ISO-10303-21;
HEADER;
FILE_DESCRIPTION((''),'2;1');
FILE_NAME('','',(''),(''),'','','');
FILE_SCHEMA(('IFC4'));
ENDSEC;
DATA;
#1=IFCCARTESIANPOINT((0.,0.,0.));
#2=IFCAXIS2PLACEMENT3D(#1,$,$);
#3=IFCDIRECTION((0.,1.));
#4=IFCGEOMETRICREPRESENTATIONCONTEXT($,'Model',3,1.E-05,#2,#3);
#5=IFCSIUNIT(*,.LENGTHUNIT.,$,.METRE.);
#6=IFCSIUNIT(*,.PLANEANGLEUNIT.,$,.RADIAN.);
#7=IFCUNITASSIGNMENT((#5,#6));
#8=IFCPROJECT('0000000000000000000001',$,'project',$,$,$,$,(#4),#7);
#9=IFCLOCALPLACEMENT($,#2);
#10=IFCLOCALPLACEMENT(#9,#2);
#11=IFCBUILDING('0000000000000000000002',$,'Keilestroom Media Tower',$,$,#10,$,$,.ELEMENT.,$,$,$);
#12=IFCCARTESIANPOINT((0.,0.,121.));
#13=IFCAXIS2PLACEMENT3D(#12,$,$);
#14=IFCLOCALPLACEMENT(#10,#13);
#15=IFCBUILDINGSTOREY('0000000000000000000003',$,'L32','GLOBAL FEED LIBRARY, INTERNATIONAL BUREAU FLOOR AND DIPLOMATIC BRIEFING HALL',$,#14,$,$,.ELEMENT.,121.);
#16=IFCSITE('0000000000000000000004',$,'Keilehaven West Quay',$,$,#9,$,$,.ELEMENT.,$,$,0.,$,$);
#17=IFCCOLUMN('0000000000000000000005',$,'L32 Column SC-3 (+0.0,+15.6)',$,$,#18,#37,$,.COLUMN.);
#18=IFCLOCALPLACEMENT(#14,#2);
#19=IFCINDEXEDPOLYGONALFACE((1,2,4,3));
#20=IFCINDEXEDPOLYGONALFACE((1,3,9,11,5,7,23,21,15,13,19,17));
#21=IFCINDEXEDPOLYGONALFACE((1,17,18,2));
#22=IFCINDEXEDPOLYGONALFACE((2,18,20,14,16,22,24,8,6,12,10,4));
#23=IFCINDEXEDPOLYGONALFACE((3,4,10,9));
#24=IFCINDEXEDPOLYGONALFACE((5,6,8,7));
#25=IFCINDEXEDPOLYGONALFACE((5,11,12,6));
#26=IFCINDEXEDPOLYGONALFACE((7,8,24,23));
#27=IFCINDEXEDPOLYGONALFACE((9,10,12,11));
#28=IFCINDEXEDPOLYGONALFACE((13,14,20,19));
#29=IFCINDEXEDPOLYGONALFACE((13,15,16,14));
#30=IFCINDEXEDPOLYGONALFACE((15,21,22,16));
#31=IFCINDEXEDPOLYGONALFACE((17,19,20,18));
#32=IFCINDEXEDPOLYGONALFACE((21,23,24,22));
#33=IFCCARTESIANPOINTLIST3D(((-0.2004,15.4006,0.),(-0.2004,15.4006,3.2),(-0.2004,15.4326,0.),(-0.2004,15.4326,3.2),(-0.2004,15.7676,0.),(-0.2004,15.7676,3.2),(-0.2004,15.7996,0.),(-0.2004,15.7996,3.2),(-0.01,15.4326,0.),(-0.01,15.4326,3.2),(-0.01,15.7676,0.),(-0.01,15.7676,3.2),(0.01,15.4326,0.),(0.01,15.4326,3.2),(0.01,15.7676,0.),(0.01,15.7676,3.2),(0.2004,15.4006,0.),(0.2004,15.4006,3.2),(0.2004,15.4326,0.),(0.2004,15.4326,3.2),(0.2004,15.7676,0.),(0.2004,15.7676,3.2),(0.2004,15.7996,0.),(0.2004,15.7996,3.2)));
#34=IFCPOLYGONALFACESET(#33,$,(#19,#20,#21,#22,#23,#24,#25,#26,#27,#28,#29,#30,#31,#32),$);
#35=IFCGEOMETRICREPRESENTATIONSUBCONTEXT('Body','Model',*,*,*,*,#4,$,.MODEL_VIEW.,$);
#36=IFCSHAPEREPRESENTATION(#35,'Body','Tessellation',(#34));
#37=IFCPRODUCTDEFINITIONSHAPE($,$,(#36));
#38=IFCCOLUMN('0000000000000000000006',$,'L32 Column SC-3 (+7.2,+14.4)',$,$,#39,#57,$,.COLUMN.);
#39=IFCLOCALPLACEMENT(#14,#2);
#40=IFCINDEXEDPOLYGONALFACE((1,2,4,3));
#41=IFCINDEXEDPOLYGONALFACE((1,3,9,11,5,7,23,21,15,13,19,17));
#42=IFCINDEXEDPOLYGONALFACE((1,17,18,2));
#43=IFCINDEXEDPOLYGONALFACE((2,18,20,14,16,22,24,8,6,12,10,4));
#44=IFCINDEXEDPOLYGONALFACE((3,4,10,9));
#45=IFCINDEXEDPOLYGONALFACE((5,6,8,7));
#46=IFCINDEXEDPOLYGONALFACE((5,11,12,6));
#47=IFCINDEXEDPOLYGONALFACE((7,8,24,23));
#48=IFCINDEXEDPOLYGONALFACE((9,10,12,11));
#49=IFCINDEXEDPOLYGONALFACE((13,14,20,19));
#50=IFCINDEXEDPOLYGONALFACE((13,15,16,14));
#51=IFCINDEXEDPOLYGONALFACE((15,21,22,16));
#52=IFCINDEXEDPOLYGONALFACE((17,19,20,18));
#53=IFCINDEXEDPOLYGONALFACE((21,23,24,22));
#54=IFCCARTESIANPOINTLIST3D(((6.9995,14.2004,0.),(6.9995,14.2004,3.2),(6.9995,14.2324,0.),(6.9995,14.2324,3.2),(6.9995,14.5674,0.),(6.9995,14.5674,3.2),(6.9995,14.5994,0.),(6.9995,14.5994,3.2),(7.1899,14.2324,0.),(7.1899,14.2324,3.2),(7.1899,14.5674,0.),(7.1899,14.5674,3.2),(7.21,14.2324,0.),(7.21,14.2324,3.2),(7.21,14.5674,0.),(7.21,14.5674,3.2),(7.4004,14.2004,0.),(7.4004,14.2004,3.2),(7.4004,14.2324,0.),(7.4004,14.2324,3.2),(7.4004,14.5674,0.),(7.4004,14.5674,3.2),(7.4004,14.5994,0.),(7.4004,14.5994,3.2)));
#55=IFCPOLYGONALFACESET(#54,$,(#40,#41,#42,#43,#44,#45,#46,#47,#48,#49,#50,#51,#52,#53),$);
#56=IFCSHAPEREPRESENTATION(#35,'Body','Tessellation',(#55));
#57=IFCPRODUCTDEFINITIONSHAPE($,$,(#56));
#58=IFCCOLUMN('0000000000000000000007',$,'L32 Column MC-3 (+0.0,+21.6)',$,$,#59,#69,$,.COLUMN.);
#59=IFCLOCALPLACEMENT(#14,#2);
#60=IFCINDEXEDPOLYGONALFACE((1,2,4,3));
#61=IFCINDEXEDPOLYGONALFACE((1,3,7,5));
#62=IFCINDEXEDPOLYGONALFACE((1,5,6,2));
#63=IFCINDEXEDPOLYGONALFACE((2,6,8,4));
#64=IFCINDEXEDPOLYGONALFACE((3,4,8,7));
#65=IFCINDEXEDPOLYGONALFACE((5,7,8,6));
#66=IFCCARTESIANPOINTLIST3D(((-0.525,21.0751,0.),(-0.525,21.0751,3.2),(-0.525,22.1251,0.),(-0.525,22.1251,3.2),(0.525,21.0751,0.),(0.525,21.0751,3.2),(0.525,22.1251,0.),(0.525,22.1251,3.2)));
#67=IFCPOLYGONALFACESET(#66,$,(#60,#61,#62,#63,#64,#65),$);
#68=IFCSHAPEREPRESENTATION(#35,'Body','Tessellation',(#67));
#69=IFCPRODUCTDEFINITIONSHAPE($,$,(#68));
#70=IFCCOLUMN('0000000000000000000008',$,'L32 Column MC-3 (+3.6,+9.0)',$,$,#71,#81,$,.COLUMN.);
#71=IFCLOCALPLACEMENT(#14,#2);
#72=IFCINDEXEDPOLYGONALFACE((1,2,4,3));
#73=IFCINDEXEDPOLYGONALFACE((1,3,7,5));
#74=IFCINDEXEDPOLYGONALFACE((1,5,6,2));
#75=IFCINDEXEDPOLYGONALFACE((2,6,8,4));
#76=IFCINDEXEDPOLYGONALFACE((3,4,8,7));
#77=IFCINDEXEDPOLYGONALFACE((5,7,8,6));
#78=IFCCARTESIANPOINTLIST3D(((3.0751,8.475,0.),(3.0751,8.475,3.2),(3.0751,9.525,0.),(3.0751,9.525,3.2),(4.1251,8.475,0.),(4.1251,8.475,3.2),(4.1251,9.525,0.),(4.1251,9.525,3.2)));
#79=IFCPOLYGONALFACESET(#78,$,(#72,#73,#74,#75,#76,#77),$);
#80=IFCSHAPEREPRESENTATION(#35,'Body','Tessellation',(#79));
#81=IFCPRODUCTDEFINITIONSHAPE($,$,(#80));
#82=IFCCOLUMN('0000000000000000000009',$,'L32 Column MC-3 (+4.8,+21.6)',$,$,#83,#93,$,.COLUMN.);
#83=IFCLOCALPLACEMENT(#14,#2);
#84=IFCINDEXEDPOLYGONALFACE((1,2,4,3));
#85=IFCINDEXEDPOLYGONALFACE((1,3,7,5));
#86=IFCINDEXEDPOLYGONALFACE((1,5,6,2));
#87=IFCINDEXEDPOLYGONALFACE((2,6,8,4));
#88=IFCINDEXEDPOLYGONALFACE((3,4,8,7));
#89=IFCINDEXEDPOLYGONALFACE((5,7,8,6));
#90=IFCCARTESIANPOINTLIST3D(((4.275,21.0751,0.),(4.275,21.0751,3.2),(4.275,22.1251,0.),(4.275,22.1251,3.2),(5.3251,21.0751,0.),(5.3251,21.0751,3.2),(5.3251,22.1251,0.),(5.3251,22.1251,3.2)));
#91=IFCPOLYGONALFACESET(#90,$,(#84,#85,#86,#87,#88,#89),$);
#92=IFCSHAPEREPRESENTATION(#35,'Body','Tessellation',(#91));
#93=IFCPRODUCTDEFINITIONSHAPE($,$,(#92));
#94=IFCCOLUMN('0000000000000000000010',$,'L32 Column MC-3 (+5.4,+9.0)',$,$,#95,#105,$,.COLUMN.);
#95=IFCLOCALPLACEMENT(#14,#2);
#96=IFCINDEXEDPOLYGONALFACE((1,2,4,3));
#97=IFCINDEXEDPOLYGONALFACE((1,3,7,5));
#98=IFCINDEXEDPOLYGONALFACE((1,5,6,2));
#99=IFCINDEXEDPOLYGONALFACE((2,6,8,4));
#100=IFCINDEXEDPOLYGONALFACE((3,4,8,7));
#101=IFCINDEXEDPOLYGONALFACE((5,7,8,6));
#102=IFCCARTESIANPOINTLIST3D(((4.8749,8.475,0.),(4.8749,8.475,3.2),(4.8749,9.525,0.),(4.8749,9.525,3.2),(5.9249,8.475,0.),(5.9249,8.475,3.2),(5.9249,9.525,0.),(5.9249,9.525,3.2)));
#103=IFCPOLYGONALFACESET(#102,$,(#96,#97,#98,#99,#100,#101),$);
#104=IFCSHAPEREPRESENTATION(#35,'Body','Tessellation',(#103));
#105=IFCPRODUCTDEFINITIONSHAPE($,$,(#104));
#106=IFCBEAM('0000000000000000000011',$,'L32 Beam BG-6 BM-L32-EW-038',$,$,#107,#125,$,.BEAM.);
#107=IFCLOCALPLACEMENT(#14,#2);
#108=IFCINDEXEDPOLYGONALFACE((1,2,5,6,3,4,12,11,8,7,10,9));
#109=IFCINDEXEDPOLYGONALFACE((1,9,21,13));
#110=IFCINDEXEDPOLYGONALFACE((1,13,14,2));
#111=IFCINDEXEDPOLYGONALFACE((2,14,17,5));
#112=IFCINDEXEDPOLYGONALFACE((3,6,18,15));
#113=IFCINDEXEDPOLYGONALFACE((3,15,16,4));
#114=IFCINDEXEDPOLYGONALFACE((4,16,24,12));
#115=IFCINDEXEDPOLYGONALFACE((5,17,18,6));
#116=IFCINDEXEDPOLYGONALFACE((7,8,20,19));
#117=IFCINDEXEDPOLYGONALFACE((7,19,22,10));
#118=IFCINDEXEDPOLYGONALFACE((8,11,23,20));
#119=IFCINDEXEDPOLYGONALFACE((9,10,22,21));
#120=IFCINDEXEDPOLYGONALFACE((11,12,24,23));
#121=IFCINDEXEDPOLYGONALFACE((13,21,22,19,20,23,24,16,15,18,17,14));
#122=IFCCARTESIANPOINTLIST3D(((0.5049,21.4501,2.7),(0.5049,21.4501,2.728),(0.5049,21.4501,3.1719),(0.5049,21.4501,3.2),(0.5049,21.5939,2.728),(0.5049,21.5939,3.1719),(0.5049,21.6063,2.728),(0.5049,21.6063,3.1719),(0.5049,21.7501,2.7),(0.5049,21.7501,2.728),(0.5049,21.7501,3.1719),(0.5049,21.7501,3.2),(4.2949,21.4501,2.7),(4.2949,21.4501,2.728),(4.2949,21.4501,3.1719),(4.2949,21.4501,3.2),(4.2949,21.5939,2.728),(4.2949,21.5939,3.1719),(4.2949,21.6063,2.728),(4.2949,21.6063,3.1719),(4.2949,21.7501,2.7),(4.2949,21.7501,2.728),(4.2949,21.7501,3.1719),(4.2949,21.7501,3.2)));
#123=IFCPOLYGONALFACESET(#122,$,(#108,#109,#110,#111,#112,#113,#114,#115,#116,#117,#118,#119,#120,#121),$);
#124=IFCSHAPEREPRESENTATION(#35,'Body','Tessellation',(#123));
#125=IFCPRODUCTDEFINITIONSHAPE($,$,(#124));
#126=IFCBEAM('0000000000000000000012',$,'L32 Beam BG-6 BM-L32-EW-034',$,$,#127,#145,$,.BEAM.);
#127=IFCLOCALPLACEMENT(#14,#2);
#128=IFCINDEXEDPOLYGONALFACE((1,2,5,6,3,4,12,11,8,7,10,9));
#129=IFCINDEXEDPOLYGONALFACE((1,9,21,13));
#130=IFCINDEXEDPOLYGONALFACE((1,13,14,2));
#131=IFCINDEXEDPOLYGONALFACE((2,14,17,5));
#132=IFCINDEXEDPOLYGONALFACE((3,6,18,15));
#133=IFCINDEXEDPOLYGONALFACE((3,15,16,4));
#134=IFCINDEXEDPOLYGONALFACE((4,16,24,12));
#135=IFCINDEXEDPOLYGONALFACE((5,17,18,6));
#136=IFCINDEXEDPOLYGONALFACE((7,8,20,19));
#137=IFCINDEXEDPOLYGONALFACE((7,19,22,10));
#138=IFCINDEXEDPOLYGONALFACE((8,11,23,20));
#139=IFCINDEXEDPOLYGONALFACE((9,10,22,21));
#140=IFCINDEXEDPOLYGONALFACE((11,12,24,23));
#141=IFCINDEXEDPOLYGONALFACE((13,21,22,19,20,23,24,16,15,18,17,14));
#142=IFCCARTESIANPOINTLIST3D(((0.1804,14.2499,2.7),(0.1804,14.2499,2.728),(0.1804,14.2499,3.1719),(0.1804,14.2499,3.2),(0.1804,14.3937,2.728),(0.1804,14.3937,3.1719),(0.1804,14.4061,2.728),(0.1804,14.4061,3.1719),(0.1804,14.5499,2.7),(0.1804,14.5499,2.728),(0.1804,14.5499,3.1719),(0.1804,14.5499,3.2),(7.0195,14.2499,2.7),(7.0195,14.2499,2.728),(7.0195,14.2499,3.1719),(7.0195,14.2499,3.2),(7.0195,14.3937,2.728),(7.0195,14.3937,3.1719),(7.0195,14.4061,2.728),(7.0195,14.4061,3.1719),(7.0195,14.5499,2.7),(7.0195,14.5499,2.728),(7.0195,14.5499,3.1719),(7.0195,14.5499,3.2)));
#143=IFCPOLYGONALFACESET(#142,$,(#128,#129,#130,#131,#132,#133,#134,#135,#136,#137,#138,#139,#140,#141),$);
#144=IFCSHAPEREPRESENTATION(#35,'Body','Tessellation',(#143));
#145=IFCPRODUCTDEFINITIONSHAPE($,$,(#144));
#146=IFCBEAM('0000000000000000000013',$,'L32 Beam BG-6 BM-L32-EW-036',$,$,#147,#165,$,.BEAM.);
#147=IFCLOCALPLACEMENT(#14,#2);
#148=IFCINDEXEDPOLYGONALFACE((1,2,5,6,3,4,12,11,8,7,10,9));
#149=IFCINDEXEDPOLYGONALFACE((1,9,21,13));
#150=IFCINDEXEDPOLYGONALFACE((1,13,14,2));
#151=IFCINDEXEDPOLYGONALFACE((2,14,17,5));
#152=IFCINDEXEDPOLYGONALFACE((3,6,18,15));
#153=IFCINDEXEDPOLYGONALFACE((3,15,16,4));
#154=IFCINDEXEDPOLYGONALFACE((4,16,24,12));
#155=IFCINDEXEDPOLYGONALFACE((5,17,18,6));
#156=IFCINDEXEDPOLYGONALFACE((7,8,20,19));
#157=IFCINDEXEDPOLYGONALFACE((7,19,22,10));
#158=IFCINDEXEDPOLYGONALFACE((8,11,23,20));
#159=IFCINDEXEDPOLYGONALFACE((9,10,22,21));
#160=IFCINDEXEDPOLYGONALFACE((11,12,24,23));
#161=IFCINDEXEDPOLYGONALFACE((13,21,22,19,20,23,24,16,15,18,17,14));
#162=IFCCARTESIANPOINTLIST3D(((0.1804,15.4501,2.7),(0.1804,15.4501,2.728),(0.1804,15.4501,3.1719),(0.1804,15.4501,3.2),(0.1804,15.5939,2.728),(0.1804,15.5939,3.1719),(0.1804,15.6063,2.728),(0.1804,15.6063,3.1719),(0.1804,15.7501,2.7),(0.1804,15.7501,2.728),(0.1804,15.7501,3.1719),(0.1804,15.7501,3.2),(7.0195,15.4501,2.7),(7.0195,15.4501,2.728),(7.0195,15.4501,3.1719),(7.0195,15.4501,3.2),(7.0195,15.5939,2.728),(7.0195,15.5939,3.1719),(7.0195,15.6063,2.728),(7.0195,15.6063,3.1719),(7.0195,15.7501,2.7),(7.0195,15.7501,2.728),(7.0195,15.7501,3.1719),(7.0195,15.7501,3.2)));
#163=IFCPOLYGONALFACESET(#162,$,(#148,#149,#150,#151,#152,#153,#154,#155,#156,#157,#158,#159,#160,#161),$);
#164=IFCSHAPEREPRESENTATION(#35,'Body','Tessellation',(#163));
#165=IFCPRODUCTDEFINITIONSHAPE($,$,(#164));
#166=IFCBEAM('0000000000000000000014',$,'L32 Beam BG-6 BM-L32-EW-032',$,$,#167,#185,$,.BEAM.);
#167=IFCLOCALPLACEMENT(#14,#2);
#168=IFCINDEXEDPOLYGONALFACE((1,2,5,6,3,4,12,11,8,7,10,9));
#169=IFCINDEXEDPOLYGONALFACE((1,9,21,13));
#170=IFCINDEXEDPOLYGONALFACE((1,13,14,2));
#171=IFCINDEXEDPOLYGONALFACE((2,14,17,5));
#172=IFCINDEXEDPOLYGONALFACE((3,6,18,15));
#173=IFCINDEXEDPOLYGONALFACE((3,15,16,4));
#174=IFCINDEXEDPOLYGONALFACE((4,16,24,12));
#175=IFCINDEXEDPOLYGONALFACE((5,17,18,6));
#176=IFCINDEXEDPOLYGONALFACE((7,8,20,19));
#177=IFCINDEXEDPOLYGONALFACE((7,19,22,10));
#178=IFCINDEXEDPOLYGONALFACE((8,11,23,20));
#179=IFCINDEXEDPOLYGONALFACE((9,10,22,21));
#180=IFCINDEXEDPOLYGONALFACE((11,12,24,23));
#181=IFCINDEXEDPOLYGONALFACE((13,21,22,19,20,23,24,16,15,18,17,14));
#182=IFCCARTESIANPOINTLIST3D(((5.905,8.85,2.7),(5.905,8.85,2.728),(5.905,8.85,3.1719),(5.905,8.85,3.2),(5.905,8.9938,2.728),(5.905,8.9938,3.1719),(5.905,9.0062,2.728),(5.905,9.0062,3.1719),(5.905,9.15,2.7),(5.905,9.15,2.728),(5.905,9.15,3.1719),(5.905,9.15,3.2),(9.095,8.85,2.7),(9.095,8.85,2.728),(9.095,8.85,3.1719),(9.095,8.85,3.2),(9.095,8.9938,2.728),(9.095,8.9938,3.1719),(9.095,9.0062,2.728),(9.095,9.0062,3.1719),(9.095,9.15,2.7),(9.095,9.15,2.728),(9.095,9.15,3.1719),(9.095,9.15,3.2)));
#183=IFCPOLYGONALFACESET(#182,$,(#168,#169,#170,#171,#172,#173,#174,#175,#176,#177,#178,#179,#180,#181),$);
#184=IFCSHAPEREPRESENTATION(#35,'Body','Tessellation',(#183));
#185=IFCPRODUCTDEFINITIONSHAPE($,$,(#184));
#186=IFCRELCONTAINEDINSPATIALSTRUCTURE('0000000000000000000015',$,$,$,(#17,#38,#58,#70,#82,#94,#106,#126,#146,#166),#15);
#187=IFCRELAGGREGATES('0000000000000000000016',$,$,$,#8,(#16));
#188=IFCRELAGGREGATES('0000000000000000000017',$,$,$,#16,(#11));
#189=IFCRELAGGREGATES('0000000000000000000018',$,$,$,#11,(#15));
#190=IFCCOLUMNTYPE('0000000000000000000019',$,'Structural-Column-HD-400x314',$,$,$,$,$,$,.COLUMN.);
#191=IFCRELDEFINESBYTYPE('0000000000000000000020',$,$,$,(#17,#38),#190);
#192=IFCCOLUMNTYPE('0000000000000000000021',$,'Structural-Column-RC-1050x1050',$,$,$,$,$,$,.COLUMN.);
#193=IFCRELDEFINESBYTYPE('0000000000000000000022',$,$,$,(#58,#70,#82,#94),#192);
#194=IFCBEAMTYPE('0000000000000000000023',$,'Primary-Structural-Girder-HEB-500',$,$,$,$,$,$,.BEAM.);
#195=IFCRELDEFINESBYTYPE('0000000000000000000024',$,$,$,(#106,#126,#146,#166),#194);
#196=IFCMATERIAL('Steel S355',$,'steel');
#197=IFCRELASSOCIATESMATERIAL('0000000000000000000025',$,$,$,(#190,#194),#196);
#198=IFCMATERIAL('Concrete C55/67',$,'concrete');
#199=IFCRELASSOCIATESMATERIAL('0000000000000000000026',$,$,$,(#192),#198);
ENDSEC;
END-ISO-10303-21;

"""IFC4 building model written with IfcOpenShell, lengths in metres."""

from ifc_helpers import new_model, si_unit, direction, frame, origin, origin_2d, place, context, subcontext, project, spatial, rectangle, i_section, extrude, source, transform, mapped, material, material_profile, profile_set, type_object, element, save


model = new_model("IFC4")

# Units and contexts
model_context = context("Model", 3, precision=1e-05, world=origin(), true_north=direction((0.0, 1.0)))
body_context = subcontext(model_context, "Body", "Model", "MODEL_VIEW")
ifc_project = project(units=[si_unit("LENGTHUNIT", "METRE"), si_unit("PLANEANGLEUNIT", "RADIAN")], contexts=[model_context])

# Site, building, storey
site_placement = place(None, origin())
site = spatial("IfcSite", under=ifc_project, at=site_placement, Name="Keilehaven West Quay", CompositionType="ELEMENT", RefElevation=0.0)
building_placement = place(site_placement, origin())
building = spatial("IfcBuilding", under=site, at=building_placement, Name="Keilestroom Media Tower", CompositionType="ELEMENT")
storey_placement = place(building_placement, frame((0.0, 0.0, 121.0)))
storey = spatial("IfcBuildingStorey", under=building, at=storey_placement, Name="L32", Description="GLOBAL FEED LIBRARY, INTERNATIONAL BUREAU FLOOR AND DIPLOMATIC BRIEFING HALL", CompositionType="ELEMENT", Elevation=121.0)

# Columns
ifc_material_1 = material(Name="Steel S355", Category="steel")
ifc_material_profile_1 = material_profile(ifc_material_1, i_section(OverallWidth=0.4009, OverallDepth=0.3989, WebThickness=0.02, FlangeThickness=0.032, at=origin_2d()), Name="HD 400x314")
ifc_profile_set_1 = profile_set([ifc_material_profile_1], Name="Steel S355")
column_type_1 = type_object("IfcColumnType", Name="Structural-Column-HD-400x314", PredefinedType="COLUMN", material=ifc_profile_set_1)
shared_shape_1 = source(origin(), body_context, "Body", "SweptSolid", [
    extrude(i_section(OverallWidth=0.4009, OverallDepth=0.3989, WebThickness=0.02, FlangeThickness=0.032, at=origin_2d()), origin(), (0.0, 0.0, 1.0), 3.2),
])
for number, where, z_axis, x_axis, name in (
    (1, (0.0, 15.6001, 0.0), (0.0, 0.0, 1.0), (1.0, 0.0, 0.0), "L32 Column SC-3 (+0.0,+15.6)"),
    (2, (7.2, 14.3999, 0.0), (0.0, 0.0, 1.0), (1.0, 0.0, 0.0), "L32 Column SC-3 (+7.2,+14.4)"),
):
    element("IfcColumn", number, at=place(storey_placement, frame(where, z_axis=z_axis, x_axis=x_axis)), inside=storey, type_object=column_type_1, Name=name, PredefinedType="COLUMN", context=body_context, shape_type="MappedRepresentation", body=[
        mapped(shared_shape_1, transform((0.0, 0.0, 0.0), x_axis=(1.0, 0.0, 0.0), y_axis=(0.0, 1.0, 0.0), z_axis=(0.0, 0.0, 1.0), scale=1.0)),
    ])
ifc_material_2 = material(Name="Concrete C55/67", Category="concrete")
ifc_material_profile_2 = material_profile(ifc_material_2, rectangle(XDim=1.05, YDim=1.05, at=origin_2d()), Name="RC 1050x1050")
ifc_profile_set_2 = profile_set([ifc_material_profile_2], Name="Concrete C55/67")
column_type_2 = type_object("IfcColumnType", Name="Structural-Column-RC-1050x1050", PredefinedType="COLUMN", material=ifc_profile_set_2)
shared_shape_2 = source(origin(), body_context, "Body", "SweptSolid", [
    extrude(rectangle(XDim=1.05, YDim=1.05, at=origin_2d()), origin(), (0.0, 0.0, 1.0), 3.2),
])
for number, where, z_axis, x_axis, name in (
    (3, (0.0, 21.6001, 0.0), (0.0, 0.0, 1.0), (1.0, 0.0, 0.0), "L32 Column MC-3 (+0.0,+21.6)"),
    (4, (3.6001, 9.0, 0.0), (0.0, 0.0, 1.0), (1.0, 0.0, 0.0), "L32 Column MC-3 (+3.6,+9.0)"),
    (5, (4.8, 21.6001, 0.0), (0.0, 0.0, 1.0), (1.0, 0.0, 0.0), "L32 Column MC-3 (+4.8,+21.6)"),
    (6, (5.3999, 9.0, 0.0), (0.0, 0.0, 1.0), (1.0, 0.0, 0.0), "L32 Column MC-3 (+5.4,+9.0)"),
):
    element("IfcColumn", number, at=place(storey_placement, frame(where, z_axis=z_axis, x_axis=x_axis)), inside=storey, type_object=column_type_2, Name=name, PredefinedType="COLUMN", context=body_context, shape_type="MappedRepresentation", body=[
        mapped(shared_shape_2, transform((0.0, 0.0, 0.0), x_axis=(1.0, 0.0, 0.0), y_axis=(0.0, 1.0, 0.0), z_axis=(0.0, 0.0, 1.0), scale=1.0)),
    ])

# Beams
ifc_material_profile_3 = material_profile(ifc_material_1, i_section(OverallWidth=0.3, OverallDepth=0.5, WebThickness=0.0125, FlangeThickness=0.0281, at=origin_2d()), Name="HEB 500")
ifc_profile_set_3 = profile_set([ifc_material_profile_3], Name="Steel S355")
beam_type_1 = type_object("IfcBeamType", Name="Primary-Structural-Girder-HEB-500", PredefinedType="BEAM", material=ifc_profile_set_3)
shared_shape_3 = source(origin(), body_context, "Body", "SweptSolid", [
    extrude(i_section(OverallWidth=0.3, OverallDepth=0.5, WebThickness=0.0125, FlangeThickness=0.0281, at=origin_2d()), origin(), (0.0, 0.0, 1.0), 3.79),
])
beam_1_placement = place(storey_placement, frame((0.5049, 21.6001, 2.95), z_axis=(1.0, 0.0, 0.0), x_axis=(0.0, 1.0, 0.0)))
element("IfcBeam", 7, at=beam_1_placement, inside=storey, type_object=beam_type_1, Name="L32 Beam BG-6 BM-L32-EW-038", PredefinedType="BEAM", context=body_context, shape_type="MappedRepresentation", body=[
    mapped(shared_shape_3, transform((0.0, 0.0, 0.0), x_axis=(1.0, 0.0, 0.0), y_axis=(0.0, 1.0, 0.0), z_axis=(0.0, 0.0, 1.0), scale=1.0)),
])
shared_shape_4 = source(origin(), body_context, "Body", "SweptSolid", [
    extrude(i_section(OverallWidth=0.3, OverallDepth=0.5, WebThickness=0.0125, FlangeThickness=0.0281, at=origin_2d()), origin(), (0.0, 0.0, 1.0), 6.8391),
])
for number, where, z_axis, x_axis, name in (
    (8, (0.1804, 14.3999, 2.95), (1.0, 0.0, 0.0), (0.0, 1.0, 0.0), "L32 Beam BG-6 BM-L32-EW-034"),
    (9, (0.1804, 15.6001, 2.95), (1.0, 0.0, 0.0), (0.0, 1.0, 0.0), "L32 Beam BG-6 BM-L32-EW-036"),
):
    element("IfcBeam", number, at=place(storey_placement, frame(where, z_axis=z_axis, x_axis=x_axis)), inside=storey, type_object=beam_type_1, Name=name, PredefinedType="BEAM", context=body_context, shape_type="MappedRepresentation", body=[
        mapped(shared_shape_4, transform((0.0, 0.0, 0.0), x_axis=(1.0, 0.0, 0.0), y_axis=(0.0, 1.0, 0.0), z_axis=(0.0, 0.0, 1.0), scale=1.0)),
    ])
shared_shape_5 = source(origin(), body_context, "Body", "SweptSolid", [
    extrude(i_section(OverallWidth=0.3, OverallDepth=0.5, WebThickness=0.0125, FlangeThickness=0.0281, at=origin_2d()), origin(), (0.0, 0.0, 1.0), 3.1899),
])
beam_2_placement = place(storey_placement, frame((5.905, 9.0, 2.95), z_axis=(1.0, 0.0, 0.0), x_axis=(0.0, 1.0, 0.0)))
element("IfcBeam", 10, at=beam_2_placement, inside=storey, type_object=beam_type_1, Name="L32 Beam BG-6 BM-L32-EW-032", PredefinedType="BEAM", context=body_context, shape_type="MappedRepresentation", body=[
    mapped(shared_shape_5, transform((0.0, 0.0, 0.0), x_axis=(1.0, 0.0, 0.0), y_axis=(0.0, 1.0, 0.0), z_axis=(0.0, 0.0, 1.0), scale=1.0)),
])

save(model, "model.ifc")
